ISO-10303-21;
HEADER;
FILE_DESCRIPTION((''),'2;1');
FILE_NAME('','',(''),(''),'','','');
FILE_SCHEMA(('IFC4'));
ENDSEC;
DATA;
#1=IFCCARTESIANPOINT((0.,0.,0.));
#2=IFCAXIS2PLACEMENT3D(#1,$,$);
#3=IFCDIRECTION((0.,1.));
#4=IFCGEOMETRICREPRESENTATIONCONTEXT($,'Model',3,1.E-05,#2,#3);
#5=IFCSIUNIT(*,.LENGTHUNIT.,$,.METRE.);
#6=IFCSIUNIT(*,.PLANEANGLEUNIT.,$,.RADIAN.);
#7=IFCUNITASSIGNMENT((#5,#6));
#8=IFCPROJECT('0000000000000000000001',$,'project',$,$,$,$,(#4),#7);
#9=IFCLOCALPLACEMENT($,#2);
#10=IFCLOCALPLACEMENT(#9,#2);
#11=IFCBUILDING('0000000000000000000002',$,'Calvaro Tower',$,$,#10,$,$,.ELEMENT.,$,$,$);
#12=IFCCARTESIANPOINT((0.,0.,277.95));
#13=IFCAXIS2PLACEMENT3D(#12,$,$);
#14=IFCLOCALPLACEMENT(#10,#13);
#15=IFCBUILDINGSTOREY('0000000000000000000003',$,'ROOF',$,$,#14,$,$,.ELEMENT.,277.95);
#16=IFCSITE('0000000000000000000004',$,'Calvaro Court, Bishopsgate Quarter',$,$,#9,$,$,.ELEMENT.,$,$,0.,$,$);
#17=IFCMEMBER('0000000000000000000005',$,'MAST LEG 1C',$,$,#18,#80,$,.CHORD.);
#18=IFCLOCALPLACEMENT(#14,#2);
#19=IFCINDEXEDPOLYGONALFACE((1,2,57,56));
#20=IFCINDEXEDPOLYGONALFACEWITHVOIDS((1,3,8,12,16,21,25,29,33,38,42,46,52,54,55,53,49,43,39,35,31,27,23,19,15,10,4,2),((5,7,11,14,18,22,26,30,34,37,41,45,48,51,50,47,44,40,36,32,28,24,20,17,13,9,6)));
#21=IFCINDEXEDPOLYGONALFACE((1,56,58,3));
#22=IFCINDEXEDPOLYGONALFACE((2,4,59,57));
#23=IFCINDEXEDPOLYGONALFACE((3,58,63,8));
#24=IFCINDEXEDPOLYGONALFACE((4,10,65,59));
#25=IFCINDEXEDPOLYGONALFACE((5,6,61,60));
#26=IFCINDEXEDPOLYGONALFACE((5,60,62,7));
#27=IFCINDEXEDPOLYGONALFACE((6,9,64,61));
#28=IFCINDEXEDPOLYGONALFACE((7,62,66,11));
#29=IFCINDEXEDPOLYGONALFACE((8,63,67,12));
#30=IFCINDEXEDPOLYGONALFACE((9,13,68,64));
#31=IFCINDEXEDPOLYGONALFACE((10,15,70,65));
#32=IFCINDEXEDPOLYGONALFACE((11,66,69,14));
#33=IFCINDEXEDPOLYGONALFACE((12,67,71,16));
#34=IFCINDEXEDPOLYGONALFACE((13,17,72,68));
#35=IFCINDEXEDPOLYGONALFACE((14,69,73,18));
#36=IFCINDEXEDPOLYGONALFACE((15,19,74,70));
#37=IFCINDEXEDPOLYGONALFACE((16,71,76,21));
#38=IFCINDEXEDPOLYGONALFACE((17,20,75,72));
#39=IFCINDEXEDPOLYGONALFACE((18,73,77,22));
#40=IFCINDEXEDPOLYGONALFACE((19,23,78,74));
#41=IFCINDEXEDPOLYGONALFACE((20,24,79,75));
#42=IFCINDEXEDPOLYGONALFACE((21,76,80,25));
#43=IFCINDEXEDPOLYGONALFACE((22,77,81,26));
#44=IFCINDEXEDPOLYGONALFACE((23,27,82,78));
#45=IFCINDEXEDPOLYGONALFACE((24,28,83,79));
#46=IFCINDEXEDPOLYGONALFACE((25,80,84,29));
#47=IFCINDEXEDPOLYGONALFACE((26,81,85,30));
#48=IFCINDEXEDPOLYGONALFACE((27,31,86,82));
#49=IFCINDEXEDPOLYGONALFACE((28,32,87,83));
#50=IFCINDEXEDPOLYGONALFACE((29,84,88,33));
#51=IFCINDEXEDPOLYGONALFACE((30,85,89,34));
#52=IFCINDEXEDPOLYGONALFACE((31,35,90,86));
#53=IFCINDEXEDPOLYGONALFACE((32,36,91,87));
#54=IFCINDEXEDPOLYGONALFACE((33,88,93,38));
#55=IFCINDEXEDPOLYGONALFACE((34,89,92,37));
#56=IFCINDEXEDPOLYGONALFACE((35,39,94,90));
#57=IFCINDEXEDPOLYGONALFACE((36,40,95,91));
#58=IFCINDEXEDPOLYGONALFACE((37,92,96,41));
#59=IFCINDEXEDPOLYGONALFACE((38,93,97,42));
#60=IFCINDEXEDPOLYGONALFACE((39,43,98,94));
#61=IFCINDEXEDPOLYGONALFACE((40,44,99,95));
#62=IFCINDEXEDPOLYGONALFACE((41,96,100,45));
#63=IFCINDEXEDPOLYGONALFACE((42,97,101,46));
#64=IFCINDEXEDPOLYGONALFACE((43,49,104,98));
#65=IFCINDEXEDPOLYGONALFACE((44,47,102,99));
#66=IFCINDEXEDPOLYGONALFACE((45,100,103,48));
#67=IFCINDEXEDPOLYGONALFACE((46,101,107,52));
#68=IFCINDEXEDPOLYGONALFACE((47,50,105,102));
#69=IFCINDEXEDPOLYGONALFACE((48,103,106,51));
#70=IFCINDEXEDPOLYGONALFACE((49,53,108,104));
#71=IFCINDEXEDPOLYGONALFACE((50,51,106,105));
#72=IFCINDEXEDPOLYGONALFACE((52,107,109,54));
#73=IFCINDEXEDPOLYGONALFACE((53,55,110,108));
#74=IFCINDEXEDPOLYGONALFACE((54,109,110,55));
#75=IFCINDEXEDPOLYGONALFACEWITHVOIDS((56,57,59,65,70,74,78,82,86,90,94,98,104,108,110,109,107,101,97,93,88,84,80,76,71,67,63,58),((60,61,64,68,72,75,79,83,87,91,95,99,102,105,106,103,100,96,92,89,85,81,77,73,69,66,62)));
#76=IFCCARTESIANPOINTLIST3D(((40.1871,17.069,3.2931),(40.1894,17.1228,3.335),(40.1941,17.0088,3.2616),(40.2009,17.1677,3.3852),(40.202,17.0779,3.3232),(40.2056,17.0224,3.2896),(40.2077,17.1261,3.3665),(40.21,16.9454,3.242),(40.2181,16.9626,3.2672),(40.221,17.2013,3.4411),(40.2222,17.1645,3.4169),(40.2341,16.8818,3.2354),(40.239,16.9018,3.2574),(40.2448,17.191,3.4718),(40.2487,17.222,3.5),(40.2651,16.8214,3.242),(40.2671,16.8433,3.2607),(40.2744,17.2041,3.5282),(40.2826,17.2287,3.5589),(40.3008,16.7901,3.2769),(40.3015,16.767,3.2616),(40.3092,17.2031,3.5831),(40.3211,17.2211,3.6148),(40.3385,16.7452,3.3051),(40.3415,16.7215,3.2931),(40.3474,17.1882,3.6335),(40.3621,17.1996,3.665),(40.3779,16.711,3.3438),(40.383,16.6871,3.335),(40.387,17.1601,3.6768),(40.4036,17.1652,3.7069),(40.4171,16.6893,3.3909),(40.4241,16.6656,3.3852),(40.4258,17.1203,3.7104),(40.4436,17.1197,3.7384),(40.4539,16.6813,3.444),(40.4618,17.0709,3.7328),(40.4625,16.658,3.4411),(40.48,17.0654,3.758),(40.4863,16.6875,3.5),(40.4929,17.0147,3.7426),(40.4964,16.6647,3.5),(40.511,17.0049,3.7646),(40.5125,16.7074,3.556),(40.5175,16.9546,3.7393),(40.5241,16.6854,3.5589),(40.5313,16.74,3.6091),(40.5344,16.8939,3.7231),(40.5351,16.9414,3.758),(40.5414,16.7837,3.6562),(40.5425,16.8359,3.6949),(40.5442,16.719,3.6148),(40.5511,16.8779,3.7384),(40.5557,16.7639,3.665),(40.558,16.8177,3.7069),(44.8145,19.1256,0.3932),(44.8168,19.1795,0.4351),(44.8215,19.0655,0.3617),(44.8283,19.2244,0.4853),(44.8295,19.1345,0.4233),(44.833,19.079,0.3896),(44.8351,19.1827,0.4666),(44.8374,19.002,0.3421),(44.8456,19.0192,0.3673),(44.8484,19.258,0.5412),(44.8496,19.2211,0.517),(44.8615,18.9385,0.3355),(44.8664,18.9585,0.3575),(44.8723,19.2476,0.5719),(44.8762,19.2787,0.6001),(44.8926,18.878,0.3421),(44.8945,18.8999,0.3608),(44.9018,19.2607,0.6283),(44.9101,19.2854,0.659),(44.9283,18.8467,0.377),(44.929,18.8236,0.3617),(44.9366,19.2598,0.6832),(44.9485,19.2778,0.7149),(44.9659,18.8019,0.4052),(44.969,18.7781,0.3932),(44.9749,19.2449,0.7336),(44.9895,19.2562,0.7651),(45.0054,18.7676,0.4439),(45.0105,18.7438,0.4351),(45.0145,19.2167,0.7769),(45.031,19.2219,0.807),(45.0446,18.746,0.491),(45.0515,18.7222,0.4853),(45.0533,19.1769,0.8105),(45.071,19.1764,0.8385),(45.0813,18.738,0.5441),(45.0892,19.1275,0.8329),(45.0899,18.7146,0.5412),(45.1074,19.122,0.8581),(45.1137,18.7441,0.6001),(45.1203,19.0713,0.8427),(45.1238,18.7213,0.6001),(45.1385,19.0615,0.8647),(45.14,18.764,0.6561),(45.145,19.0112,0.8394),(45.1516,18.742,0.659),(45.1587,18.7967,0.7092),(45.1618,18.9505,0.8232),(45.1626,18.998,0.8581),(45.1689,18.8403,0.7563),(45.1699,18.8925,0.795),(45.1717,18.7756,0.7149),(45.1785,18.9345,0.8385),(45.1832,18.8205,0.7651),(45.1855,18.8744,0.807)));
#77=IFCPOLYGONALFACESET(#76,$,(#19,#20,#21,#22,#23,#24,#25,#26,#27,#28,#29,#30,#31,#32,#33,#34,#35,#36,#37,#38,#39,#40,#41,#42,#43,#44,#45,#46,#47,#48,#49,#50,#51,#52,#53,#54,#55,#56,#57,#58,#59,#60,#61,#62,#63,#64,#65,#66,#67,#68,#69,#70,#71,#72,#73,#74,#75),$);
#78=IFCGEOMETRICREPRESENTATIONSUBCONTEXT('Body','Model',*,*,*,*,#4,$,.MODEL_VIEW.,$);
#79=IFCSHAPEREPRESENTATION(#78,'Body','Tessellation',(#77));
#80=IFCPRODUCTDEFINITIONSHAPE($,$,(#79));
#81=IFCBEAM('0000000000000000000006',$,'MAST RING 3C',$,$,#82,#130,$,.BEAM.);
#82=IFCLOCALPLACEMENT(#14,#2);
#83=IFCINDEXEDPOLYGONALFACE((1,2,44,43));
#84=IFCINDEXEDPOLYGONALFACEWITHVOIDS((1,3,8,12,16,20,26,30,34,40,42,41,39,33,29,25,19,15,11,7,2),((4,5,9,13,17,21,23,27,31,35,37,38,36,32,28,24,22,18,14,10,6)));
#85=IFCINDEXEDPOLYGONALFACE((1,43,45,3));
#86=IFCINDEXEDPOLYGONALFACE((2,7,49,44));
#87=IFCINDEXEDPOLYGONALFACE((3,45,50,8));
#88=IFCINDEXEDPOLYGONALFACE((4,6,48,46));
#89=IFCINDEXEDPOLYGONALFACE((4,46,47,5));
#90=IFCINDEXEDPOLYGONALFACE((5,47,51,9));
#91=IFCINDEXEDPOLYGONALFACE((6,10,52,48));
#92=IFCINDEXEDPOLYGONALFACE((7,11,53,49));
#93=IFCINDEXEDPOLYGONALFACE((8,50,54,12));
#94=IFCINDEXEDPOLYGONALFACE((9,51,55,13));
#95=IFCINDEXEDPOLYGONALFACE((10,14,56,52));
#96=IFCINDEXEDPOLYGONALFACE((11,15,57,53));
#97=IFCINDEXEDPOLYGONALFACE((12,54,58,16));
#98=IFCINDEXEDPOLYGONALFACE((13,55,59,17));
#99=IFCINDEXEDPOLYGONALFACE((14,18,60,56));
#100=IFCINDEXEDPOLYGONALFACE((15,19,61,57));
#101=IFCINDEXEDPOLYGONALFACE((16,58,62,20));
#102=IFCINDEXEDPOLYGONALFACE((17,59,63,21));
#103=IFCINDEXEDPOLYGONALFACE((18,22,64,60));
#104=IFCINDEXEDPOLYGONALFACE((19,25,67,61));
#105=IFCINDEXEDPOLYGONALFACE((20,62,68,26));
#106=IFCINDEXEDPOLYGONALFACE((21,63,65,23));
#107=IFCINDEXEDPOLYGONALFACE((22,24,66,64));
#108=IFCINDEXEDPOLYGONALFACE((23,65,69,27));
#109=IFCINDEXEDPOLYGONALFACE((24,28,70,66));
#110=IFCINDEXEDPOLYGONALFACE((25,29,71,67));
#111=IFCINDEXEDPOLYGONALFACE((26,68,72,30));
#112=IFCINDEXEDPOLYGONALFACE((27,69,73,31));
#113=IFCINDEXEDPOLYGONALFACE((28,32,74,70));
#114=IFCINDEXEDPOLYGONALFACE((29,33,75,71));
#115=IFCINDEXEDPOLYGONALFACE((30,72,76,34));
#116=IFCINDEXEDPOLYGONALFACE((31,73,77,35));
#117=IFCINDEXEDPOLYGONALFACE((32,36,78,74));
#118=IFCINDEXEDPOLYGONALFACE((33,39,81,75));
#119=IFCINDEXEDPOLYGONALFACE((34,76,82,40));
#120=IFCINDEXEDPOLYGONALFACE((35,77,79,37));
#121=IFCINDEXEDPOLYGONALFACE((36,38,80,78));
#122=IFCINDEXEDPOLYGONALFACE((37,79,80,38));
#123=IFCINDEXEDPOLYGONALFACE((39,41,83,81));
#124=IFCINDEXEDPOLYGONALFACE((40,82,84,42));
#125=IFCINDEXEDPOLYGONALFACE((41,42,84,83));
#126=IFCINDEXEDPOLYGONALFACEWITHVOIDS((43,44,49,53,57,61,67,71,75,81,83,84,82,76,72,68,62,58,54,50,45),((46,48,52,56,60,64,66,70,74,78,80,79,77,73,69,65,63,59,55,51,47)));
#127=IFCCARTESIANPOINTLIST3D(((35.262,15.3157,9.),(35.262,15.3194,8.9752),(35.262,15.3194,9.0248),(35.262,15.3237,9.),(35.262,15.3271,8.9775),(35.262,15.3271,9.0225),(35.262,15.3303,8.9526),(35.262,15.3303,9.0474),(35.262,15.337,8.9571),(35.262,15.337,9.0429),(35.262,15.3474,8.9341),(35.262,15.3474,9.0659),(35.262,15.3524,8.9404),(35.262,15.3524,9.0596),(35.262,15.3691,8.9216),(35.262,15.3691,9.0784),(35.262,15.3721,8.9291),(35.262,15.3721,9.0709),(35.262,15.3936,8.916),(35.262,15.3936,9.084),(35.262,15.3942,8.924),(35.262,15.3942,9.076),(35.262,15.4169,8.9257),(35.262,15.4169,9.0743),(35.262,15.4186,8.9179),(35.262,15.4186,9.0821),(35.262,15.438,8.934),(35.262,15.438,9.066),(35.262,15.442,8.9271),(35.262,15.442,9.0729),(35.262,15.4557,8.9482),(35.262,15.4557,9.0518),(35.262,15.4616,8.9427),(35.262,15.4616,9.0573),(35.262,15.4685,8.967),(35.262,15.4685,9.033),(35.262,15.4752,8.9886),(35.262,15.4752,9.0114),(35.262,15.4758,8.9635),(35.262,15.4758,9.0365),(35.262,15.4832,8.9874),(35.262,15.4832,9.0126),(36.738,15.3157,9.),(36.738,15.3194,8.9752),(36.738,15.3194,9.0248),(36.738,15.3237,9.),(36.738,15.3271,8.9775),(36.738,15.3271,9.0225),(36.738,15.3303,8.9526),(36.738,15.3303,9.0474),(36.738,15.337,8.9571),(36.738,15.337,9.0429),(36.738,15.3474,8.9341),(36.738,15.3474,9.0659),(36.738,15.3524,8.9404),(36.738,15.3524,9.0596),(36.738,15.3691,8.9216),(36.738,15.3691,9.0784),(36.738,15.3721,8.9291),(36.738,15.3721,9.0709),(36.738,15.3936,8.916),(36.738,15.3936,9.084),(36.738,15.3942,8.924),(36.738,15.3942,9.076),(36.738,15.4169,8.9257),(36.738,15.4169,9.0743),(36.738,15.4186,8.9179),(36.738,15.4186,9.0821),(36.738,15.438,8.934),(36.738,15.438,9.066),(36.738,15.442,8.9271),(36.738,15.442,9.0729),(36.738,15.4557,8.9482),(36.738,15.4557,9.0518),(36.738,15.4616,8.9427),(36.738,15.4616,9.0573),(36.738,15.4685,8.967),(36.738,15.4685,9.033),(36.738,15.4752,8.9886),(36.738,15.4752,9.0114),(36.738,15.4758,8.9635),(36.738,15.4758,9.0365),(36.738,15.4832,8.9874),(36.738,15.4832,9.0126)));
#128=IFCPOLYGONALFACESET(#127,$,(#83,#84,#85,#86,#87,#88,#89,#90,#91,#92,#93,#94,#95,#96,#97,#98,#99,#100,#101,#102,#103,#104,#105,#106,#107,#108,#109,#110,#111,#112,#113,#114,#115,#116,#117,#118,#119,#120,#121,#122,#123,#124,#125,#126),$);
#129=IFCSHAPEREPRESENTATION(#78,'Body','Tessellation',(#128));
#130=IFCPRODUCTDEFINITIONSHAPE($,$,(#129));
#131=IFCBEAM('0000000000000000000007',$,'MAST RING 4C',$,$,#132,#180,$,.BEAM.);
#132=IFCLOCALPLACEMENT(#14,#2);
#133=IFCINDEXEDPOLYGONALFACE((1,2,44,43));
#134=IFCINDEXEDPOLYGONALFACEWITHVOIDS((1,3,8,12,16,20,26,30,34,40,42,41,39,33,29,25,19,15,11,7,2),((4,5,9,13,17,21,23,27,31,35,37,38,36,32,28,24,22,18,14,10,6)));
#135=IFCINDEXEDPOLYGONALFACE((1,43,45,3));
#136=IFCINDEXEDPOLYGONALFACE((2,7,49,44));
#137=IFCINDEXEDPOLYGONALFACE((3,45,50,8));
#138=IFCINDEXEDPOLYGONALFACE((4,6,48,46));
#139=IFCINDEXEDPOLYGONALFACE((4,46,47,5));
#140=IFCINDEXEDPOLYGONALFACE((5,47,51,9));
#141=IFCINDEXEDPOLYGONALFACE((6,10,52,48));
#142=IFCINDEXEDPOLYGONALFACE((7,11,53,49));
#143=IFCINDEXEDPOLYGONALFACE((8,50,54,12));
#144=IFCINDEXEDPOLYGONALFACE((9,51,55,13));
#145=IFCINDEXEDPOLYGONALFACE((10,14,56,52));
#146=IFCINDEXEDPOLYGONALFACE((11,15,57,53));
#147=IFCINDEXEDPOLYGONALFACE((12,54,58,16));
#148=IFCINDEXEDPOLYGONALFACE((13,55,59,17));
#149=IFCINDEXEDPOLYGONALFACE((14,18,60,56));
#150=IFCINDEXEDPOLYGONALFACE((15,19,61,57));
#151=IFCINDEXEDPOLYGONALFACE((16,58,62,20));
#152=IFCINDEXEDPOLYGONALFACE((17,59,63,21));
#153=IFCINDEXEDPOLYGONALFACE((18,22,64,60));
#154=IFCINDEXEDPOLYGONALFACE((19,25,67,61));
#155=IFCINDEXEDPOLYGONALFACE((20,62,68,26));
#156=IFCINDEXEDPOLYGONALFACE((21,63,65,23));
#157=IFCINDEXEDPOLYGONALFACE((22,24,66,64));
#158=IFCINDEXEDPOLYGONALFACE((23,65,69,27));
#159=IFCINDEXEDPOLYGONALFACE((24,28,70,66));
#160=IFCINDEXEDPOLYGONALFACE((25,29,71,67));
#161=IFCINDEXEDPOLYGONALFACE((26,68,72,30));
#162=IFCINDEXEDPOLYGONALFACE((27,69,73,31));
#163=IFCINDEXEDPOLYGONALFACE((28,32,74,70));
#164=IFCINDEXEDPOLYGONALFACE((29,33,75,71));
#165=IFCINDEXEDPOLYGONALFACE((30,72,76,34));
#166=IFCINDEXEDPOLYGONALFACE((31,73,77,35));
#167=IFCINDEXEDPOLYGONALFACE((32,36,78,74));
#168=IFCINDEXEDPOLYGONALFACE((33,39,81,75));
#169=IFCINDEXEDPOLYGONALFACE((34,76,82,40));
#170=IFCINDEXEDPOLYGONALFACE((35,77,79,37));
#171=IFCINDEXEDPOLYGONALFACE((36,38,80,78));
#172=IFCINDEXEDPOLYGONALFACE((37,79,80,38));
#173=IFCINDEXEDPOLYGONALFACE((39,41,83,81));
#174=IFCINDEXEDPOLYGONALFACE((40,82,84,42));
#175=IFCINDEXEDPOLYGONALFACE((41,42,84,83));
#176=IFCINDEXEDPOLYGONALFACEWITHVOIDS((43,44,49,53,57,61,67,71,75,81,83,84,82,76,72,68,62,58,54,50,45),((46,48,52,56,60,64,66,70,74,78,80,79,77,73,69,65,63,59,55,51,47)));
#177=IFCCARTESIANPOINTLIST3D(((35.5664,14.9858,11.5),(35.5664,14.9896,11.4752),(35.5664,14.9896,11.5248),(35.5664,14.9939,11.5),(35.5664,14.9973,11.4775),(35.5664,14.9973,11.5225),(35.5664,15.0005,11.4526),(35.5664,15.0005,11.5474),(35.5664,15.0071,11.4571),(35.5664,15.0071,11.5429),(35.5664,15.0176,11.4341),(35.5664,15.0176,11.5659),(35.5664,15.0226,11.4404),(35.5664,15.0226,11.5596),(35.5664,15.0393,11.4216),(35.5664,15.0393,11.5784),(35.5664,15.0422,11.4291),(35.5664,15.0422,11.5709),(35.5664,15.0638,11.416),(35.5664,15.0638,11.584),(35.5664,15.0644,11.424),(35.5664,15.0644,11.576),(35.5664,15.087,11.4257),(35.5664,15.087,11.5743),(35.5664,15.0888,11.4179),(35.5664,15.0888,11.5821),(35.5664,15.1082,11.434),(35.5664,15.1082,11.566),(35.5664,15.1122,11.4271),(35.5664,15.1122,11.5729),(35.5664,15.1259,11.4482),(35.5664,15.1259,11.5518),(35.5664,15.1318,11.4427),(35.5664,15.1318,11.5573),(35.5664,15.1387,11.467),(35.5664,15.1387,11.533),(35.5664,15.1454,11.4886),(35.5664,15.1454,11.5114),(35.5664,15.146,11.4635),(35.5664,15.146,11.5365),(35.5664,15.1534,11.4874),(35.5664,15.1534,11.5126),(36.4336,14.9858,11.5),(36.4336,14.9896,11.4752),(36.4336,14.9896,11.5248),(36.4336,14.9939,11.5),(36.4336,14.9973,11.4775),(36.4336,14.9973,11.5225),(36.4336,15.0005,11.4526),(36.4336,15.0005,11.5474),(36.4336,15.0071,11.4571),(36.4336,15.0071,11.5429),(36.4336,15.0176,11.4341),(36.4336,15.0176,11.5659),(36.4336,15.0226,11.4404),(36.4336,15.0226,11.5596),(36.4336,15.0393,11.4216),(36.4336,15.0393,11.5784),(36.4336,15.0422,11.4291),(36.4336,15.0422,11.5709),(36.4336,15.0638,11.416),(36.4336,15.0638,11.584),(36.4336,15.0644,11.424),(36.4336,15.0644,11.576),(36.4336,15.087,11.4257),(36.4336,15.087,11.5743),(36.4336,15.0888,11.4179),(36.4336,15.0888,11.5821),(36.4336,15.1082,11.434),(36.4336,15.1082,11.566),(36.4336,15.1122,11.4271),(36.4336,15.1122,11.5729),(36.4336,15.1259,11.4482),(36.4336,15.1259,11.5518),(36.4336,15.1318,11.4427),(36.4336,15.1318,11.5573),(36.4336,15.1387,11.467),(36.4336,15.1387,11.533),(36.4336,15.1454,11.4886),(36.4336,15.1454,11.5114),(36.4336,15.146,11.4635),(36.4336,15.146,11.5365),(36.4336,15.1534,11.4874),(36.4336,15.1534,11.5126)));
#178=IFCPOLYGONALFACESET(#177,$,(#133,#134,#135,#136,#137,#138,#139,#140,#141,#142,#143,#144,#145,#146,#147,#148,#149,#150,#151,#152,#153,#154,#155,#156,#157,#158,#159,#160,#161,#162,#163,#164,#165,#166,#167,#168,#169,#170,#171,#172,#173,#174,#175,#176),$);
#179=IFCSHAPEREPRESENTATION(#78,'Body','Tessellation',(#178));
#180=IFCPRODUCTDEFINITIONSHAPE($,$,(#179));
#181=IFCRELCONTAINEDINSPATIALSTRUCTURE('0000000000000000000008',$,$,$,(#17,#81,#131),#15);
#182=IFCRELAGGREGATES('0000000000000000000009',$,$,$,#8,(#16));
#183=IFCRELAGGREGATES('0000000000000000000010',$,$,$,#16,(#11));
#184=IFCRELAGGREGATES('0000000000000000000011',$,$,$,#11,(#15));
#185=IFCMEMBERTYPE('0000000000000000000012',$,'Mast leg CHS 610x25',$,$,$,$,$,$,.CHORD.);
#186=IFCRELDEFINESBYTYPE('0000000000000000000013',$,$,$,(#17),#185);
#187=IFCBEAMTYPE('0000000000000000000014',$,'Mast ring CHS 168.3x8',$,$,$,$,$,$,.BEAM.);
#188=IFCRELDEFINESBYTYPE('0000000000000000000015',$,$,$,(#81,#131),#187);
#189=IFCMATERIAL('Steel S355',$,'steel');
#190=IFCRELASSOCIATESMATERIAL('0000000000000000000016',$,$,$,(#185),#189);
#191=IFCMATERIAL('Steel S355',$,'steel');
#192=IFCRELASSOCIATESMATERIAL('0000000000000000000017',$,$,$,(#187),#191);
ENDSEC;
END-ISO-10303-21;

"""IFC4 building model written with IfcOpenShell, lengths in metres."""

from ifc_helpers import new_model, si_unit, direction, frame, origin, origin_2d, place, context, subcontext, project, spatial, hollow_circle, extrude, material, material_profile, profile_set, type_object, element, save


model = new_model("IFC4")

# Units and contexts
model_context = context("Model", 3, precision=1e-05, world=origin(), true_north=direction((0.0, 1.0)))
body_context = subcontext(model_context, "Body", "Model", "MODEL_VIEW")
ifc_project = project(units=[si_unit("LENGTHUNIT", "METRE"), si_unit("PLANEANGLEUNIT", "RADIAN")], contexts=[model_context])

# Site, building, storey
site_placement = place(None, origin())
site = spatial("IfcSite", under=ifc_project, at=site_placement, Name="Calvaro Court, Bishopsgate Quarter", CompositionType="ELEMENT", RefElevation=0.0)
building_placement = place(site_placement, origin())
building = spatial("IfcBuilding", under=site, at=building_placement, Name="Calvaro Tower", CompositionType="ELEMENT")
storey_placement = place(building_placement, frame((0.0, 0.0, 277.95)))
storey = spatial("IfcBuildingStorey", under=building, at=storey_placement, Name="ROOF", CompositionType="ELEMENT", Elevation=277.95)

# Member
ifc_material_1 = material(Name="Steel S355", Category="steel")
ifc_material_profile_1 = material_profile(ifc_material_1, hollow_circle(Radius=0.3049, WallThickness=0.0249, at=origin_2d()), Name="CHS 610x25")
ifc_profile_set_1 = profile_set([ifc_material_profile_1], Name="Steel S355")
member_type_1 = type_object("IfcMemberType", Name="Mast leg CHS 610x25", PredefinedType="CHORD", material=ifc_profile_set_1)
member_1_placement = place(storey_placement, frame((45.0, 19.0, 0.6001), z_axis=(-0.792989, -0.352439, 0.496946), x_axis=(0.406138, -0.913812, 0.0)))
element("IfcMember", 1, at=member_1_placement, inside=storey, type_object=member_type_1, Name="MAST LEG 1C", PredefinedType="CHORD", context=body_context, shape_type="SweptSolid", body=[
    extrude(hollow_circle(Radius=0.3049, WallThickness=0.0249, at=origin_2d()), origin(), (0.0, 0.0, 1.0), 5.8354),
])

# Beams
ifc_material_2 = material(Name="Steel S355", Category="steel")
ifc_material_profile_2 = material_profile(ifc_material_2, hollow_circle(Radius=0.0842, WallThickness=0.0081, at=origin_2d()), Name="CHS 168.3x8")
ifc_profile_set_2 = profile_set([ifc_material_profile_2], Name="Steel S355")
beam_type_1 = type_object("IfcBeamType", Name="Mast ring CHS 168.3x8", PredefinedType="BEAM", material=ifc_profile_set_2)
beam_1_placement = place(storey_placement, frame((36.738, 15.3999, 9.0), z_axis=(-1.0, 0.0, 0.0), x_axis=(0.0, -1.0, 0.0)))
element("IfcBeam", 2, at=beam_1_placement, inside=storey, type_object=beam_type_1, Name="MAST RING 3C", PredefinedType="BEAM", context=body_context, shape_type="SweptSolid", body=[
    extrude(hollow_circle(Radius=0.0842, WallThickness=0.0081, at=origin_2d()), origin(), (0.0, 0.0, 1.0), 1.4761),
])
beam_2_placement = place(storey_placement, frame((36.4336, 15.0701, 11.5), z_axis=(-1.0, 0.0, 0.0), x_axis=(0.0, -1.0, 0.0)))
element("IfcBeam", 3, at=beam_2_placement, inside=storey, type_object=beam_type_1, Name="MAST RING 4C", PredefinedType="BEAM", context=body_context, shape_type="SweptSolid", body=[
    extrude(hollow_circle(Radius=0.0842, WallThickness=0.0081, at=origin_2d()), origin(), (0.0, 0.0, 1.0), 0.8672),
])

save(model, "model.ifc")
